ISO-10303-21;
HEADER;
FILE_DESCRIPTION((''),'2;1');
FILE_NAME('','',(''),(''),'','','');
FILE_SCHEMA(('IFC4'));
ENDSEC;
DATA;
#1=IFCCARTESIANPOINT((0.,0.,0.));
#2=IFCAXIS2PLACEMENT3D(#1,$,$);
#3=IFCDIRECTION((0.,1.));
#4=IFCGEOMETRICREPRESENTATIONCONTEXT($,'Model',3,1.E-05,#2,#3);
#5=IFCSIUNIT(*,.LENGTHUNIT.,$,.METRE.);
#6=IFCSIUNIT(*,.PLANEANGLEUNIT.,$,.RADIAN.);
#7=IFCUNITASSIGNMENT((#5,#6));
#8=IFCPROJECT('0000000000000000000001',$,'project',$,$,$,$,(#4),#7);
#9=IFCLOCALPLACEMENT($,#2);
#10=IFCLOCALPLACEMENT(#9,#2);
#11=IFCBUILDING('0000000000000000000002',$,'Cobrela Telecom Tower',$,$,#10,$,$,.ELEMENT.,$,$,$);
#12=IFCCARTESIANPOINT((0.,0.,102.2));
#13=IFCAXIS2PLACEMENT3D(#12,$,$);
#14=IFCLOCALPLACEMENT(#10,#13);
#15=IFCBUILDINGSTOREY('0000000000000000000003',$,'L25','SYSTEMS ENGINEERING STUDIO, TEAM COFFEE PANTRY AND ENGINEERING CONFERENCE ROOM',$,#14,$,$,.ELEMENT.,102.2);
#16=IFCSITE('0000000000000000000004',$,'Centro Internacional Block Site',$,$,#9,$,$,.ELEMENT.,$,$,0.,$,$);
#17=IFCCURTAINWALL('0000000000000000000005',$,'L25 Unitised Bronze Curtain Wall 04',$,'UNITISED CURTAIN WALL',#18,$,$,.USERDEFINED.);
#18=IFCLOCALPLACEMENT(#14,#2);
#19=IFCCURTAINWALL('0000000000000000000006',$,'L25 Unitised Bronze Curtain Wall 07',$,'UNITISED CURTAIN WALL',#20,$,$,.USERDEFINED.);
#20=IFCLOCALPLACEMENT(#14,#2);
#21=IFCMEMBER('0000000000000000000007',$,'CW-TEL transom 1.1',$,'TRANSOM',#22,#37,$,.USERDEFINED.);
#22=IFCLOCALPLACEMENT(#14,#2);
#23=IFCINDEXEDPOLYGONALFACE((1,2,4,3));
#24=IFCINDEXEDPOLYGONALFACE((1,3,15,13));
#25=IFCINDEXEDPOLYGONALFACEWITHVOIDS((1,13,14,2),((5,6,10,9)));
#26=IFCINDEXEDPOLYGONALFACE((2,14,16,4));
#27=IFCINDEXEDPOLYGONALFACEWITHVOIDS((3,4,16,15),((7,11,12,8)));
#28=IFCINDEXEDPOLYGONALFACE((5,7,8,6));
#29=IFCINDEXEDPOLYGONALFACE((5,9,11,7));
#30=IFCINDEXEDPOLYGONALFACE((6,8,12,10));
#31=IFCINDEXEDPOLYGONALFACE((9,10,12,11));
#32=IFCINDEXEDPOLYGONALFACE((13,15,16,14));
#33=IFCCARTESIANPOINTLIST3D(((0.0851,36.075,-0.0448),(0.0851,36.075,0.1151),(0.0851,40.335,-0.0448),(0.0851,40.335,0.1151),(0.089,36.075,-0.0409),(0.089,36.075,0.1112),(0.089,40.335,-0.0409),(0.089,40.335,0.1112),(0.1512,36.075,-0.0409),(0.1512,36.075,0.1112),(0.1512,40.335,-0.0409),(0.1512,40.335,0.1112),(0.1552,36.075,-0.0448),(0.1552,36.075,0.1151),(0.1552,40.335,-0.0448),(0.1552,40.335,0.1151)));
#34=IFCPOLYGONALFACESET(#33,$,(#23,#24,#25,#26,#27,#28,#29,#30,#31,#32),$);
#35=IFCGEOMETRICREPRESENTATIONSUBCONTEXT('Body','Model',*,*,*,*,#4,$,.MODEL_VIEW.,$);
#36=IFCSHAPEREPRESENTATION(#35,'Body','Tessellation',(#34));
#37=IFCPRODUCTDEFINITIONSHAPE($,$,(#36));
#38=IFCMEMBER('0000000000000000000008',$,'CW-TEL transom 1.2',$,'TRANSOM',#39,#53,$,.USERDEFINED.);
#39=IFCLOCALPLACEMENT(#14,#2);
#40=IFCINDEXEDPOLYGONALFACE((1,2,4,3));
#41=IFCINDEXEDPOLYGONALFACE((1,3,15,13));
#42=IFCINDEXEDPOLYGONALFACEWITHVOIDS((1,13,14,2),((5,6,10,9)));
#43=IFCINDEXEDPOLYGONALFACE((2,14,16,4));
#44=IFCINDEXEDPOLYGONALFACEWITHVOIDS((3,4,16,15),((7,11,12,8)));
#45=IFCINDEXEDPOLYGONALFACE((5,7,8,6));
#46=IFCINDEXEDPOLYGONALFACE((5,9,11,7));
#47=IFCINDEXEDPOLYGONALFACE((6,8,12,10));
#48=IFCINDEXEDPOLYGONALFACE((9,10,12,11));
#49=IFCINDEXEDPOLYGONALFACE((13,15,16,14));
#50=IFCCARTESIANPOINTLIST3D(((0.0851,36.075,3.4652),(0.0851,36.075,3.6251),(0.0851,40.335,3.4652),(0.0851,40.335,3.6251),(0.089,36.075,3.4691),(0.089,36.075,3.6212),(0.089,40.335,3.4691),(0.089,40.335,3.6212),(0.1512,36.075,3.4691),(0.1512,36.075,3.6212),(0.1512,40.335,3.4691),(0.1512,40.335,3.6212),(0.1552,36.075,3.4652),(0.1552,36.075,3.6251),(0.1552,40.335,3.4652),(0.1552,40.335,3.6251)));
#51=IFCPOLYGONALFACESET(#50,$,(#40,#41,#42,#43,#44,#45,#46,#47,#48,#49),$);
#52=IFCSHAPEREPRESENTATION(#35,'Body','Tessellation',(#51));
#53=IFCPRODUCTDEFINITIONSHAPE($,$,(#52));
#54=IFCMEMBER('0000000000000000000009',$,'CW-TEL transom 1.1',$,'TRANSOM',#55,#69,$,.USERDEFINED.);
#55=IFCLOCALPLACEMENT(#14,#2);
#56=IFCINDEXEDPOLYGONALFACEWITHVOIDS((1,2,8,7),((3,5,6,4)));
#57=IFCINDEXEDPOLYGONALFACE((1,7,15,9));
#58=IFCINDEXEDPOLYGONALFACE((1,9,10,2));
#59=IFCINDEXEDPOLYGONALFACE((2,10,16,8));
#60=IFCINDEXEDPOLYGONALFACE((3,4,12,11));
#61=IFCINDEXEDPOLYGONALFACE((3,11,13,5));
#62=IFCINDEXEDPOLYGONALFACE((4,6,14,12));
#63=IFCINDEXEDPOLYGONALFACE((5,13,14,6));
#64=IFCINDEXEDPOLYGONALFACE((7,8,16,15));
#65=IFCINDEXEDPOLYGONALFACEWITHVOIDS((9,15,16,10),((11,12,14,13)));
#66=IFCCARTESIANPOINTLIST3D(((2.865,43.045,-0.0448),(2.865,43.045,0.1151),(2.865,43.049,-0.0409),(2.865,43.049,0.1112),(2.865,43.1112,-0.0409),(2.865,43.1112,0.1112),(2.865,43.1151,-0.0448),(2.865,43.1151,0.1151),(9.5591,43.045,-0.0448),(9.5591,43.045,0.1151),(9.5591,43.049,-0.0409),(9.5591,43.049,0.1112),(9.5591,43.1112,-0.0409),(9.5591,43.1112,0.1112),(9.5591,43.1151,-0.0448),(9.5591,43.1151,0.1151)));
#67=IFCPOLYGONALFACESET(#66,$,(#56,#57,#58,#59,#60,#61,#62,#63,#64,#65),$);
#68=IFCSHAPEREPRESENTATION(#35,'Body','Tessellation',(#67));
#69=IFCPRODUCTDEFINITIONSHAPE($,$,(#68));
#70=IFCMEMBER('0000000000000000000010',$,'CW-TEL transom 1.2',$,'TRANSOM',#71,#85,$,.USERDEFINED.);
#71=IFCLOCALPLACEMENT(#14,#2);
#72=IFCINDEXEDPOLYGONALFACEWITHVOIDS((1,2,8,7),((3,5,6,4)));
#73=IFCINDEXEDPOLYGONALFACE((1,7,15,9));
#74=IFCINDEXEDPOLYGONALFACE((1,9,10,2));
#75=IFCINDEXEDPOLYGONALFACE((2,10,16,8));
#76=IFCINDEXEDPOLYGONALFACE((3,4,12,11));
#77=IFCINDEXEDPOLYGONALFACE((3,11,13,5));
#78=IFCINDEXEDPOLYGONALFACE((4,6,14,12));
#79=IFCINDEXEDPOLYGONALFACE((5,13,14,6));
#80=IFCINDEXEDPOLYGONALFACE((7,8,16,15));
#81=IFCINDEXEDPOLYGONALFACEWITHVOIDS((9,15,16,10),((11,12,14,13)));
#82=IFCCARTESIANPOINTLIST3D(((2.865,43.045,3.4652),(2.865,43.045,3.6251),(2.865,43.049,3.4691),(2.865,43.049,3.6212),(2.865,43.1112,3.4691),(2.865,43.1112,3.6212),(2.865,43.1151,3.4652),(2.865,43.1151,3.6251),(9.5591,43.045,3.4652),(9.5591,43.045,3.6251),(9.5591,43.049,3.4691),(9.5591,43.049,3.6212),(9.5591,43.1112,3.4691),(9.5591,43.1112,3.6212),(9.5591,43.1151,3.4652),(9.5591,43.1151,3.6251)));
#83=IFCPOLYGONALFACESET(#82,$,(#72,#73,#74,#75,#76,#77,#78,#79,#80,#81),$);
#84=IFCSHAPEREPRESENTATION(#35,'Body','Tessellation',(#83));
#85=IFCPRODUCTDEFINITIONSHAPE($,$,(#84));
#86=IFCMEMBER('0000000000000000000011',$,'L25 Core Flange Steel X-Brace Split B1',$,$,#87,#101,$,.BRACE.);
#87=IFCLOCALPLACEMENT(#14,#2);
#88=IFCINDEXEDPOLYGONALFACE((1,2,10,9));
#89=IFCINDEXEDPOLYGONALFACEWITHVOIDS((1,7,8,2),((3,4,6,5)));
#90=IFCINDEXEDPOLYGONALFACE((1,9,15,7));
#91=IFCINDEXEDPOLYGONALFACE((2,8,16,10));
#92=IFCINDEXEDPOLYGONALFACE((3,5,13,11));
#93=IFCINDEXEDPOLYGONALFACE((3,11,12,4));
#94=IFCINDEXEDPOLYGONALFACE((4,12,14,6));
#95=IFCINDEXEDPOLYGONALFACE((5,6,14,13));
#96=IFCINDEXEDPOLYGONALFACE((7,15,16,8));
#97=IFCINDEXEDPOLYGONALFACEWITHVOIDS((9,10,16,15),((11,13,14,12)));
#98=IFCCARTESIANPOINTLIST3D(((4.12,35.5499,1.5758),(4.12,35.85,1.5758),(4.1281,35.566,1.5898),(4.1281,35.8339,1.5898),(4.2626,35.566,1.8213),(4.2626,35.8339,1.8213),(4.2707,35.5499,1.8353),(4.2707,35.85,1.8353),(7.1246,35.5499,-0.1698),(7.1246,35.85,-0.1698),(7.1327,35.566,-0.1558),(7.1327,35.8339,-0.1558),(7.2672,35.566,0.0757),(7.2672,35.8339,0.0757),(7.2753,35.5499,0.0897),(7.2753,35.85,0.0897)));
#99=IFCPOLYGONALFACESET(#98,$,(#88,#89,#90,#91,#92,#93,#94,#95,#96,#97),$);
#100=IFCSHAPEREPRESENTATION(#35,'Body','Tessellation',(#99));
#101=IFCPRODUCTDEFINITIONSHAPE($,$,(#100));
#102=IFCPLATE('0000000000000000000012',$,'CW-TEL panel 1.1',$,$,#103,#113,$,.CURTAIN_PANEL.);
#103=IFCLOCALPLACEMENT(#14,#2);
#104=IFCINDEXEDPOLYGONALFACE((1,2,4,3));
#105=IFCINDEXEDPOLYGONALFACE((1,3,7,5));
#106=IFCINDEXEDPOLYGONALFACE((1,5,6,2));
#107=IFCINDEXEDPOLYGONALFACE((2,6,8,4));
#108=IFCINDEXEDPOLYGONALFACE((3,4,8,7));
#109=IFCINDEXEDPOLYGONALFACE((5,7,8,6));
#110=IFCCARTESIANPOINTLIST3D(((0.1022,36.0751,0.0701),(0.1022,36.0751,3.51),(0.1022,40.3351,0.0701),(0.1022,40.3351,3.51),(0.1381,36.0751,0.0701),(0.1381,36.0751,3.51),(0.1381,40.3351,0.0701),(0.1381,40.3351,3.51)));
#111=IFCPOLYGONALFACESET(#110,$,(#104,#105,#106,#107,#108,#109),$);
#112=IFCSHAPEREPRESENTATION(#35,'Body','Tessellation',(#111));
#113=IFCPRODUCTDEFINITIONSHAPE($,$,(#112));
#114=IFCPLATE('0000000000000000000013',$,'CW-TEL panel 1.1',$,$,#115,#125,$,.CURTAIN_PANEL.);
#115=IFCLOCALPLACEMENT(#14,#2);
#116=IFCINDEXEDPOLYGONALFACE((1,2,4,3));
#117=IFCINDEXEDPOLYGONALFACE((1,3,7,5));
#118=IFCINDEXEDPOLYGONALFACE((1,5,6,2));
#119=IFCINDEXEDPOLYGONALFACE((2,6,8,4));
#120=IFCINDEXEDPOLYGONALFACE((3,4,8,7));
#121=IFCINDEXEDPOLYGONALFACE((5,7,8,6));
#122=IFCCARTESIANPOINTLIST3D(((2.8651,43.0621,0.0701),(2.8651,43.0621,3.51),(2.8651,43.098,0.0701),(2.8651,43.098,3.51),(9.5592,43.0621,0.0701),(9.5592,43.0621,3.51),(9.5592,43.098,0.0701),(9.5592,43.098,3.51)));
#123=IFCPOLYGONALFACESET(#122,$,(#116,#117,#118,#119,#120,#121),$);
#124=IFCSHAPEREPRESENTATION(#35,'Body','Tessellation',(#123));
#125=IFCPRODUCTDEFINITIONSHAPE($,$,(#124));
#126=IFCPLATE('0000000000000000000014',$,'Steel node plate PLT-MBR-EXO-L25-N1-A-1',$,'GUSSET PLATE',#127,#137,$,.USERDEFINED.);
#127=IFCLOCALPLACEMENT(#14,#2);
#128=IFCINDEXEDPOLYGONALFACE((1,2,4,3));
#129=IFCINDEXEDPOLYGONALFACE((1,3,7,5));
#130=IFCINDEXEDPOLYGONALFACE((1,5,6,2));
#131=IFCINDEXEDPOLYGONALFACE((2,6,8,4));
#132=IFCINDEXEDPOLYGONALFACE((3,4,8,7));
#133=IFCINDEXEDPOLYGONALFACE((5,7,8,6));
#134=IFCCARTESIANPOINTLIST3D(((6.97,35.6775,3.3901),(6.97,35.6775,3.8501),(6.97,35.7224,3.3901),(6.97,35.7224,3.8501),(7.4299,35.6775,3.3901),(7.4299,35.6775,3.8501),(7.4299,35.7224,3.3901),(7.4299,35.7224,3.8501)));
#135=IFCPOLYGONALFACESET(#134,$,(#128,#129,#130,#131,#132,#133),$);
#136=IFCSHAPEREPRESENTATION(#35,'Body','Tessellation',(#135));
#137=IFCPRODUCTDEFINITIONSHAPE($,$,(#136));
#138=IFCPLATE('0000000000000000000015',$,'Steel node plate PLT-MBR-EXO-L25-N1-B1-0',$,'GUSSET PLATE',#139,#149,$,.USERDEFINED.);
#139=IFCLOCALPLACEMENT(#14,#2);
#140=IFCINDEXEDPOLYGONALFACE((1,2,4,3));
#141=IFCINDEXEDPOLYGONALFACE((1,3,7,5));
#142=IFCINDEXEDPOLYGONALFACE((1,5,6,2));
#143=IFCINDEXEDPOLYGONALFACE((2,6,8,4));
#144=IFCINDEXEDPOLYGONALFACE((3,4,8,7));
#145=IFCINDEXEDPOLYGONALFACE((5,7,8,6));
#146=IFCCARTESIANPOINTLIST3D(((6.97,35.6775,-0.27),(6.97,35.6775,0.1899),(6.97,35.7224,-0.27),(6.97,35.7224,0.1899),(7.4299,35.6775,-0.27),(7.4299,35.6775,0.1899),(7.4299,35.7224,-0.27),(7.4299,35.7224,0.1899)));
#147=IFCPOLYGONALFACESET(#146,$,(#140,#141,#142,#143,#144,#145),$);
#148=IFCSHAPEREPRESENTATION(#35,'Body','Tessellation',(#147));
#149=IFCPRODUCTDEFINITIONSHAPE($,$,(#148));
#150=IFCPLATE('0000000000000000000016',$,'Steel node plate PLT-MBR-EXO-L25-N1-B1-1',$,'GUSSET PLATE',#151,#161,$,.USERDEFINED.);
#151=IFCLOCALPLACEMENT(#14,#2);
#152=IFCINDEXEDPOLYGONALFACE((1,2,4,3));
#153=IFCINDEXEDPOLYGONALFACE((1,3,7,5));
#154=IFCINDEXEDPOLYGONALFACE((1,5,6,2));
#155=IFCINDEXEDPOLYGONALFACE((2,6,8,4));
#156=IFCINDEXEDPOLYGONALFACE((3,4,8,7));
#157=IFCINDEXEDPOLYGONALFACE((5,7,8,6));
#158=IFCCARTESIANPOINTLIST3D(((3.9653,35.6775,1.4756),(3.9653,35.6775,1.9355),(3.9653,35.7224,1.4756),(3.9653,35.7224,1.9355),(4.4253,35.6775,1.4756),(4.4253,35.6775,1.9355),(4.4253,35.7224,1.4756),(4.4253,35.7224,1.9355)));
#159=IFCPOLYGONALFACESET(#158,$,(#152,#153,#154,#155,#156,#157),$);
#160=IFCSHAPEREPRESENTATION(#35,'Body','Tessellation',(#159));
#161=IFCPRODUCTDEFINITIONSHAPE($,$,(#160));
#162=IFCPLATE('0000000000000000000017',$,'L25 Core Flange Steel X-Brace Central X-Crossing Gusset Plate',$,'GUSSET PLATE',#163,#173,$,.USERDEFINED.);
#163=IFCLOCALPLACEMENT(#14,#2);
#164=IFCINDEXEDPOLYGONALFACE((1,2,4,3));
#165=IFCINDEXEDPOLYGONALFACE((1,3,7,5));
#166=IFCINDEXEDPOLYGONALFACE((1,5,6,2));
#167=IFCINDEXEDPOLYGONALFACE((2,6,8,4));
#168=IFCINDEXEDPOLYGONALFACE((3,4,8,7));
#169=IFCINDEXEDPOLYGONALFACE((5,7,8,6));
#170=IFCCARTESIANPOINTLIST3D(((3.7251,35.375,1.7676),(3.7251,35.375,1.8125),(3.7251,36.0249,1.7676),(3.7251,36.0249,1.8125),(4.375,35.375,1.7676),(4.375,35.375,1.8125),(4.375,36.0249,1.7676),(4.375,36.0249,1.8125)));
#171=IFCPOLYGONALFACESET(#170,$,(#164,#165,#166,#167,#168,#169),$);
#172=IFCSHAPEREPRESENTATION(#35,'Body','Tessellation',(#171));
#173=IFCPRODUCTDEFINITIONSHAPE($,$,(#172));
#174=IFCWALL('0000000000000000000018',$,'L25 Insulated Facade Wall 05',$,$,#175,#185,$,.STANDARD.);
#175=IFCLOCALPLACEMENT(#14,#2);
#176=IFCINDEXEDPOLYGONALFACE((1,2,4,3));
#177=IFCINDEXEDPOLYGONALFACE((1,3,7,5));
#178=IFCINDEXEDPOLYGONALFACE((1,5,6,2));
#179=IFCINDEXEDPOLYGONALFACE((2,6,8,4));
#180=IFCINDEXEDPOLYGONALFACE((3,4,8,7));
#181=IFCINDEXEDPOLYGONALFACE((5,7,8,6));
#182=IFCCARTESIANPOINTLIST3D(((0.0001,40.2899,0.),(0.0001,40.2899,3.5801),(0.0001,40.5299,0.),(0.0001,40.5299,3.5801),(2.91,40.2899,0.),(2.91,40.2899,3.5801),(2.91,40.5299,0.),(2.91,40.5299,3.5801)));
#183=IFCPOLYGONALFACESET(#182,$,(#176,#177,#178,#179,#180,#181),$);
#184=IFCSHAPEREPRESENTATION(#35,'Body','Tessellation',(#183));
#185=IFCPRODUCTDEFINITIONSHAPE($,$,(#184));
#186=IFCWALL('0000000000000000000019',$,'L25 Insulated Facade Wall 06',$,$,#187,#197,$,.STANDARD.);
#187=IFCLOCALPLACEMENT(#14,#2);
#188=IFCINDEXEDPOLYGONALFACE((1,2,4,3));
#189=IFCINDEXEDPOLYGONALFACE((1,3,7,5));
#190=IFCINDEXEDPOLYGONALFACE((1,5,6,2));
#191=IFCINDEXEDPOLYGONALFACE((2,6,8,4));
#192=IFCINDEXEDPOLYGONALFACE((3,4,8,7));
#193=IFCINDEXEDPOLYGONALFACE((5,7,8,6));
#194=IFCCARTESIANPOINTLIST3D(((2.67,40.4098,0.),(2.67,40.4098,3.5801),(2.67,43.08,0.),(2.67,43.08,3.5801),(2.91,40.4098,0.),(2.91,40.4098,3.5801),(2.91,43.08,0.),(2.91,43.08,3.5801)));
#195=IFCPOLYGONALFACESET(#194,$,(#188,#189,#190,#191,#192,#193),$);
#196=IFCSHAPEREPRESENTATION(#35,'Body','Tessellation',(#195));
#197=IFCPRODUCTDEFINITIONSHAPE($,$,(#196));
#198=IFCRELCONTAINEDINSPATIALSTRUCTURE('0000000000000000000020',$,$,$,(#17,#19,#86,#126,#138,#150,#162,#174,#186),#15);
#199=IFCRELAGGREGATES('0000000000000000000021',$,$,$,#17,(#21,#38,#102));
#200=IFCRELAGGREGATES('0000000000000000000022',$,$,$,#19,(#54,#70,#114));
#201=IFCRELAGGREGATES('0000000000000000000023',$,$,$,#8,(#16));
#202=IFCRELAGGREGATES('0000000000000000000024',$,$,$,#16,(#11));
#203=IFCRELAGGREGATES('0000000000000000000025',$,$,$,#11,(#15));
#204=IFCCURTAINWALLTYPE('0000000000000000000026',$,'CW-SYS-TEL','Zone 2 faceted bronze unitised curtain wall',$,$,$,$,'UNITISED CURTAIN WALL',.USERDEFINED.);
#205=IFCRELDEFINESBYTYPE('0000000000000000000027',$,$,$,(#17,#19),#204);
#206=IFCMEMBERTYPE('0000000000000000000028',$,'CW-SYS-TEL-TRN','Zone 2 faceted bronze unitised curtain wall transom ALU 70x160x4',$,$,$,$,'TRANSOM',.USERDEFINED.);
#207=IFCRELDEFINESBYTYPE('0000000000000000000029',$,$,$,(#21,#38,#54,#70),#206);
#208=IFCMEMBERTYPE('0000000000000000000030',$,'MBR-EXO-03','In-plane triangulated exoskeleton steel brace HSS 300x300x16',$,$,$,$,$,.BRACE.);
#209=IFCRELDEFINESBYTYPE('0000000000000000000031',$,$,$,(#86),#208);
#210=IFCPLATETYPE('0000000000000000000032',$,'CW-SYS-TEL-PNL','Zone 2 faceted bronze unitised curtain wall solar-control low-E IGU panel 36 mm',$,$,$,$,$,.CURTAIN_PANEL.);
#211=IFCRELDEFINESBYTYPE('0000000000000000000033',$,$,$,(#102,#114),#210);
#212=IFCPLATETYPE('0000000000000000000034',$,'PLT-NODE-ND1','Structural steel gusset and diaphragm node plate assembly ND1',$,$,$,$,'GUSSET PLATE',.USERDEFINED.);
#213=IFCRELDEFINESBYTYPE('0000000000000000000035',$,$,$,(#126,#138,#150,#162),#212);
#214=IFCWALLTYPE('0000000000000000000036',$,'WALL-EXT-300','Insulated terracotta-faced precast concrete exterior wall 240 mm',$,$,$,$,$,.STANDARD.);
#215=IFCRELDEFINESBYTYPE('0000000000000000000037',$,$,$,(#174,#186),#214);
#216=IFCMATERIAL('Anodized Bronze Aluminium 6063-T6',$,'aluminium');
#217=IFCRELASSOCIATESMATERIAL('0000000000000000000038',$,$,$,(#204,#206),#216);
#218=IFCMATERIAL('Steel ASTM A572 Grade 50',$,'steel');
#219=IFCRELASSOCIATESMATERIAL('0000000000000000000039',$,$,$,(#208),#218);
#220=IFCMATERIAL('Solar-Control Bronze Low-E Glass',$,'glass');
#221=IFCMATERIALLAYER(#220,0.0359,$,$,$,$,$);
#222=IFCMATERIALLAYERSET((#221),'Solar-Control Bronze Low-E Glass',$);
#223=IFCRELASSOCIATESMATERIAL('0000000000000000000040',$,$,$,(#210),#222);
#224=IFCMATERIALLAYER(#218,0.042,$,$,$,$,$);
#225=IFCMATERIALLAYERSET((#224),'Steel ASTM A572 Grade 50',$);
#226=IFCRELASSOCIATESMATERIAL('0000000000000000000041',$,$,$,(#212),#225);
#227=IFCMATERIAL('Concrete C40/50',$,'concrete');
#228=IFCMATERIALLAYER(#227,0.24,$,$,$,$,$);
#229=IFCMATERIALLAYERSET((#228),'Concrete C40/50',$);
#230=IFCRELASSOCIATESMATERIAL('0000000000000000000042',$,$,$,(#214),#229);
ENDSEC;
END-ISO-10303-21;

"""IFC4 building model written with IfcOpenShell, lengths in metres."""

from ifc_helpers import new_model, si_unit, direction, frame, frame_2d, origin, origin_2d, place, context, subcontext, project, spatial, rectangle, hollow_rectangle, extrude, material, layer, layer_set, material_profile, profile_set, type_object, element, aggregate, save


model = new_model("IFC4")

# Units and contexts
model_context = context("Model", 3, precision=1e-05, world=origin(), true_north=direction((0.0, 1.0)))
body_context = subcontext(model_context, "Body", "Model", "MODEL_VIEW")
ifc_project = project(units=[si_unit("LENGTHUNIT", "METRE"), si_unit("PLANEANGLEUNIT", "RADIAN")], contexts=[model_context])

# Site, building, storey
site_placement = place(None, origin())
site = spatial("IfcSite", under=ifc_project, at=site_placement, Name="Centro Internacional Block Site", CompositionType="ELEMENT", RefElevation=0.0)
building_placement = place(site_placement, origin())
building = spatial("IfcBuilding", under=site, at=building_placement, Name="Cobrela Telecom Tower", CompositionType="ELEMENT")
storey_placement = place(building_placement, frame((0.0, 0.0, 102.2)))
storey = spatial("IfcBuildingStorey", under=building, at=storey_placement, Name="L25", Description="SYSTEMS ENGINEERING STUDIO, TEAM COFFEE PANTRY AND ENGINEERING CONFERENCE ROOM", CompositionType="ELEMENT", Elevation=102.2)

# Shared definitions
ifc_material_1 = material(Name="Steel ASTM A572 Grade 50", Category="steel")

# Curtain walls
ifc_material_2 = material(Name="Anodized Bronze Aluminium 6063-T6", Category="aluminium")
curtain_wall_type = type_object("IfcCurtainWallType", Name="CW-SYS-TEL", Description="Zone 2 faceted bronze unitised curtain wall", ElementType="UNITISED CURTAIN WALL", PredefinedType="USERDEFINED", material=ifc_material_2)
curtain_wall_1_placement = place(storey_placement, origin())
curtain_wall_1 = element("IfcCurtainWall", 1, at=curtain_wall_1_placement, inside=storey, type_object=curtain_wall_type, Name="L25 Unitised Bronze Curtain Wall 04", ObjectType="UNITISED CURTAIN WALL", PredefinedType="USERDEFINED")
curtain_wall_2_placement = place(storey_placement, origin())
curtain_wall_2 = element("IfcCurtainWall", 2, at=curtain_wall_2_placement, inside=storey, type_object=curtain_wall_type, Name="L25 Unitised Bronze Curtain Wall 07", ObjectType="UNITISED CURTAIN WALL", PredefinedType="USERDEFINED")

# Members
ifc_material_profile_1 = material_profile(ifc_material_2, hollow_rectangle(XDim=0.0701, YDim=0.1599, WallThickness=0.0039, at=origin_2d()), Name="ALU 70x160x4")
ifc_profile_set_1 = profile_set([ifc_material_profile_1], Name="Anodized Bronze Aluminium 6063-T6")
member_type_1 = type_object("IfcMemberType", Name="CW-SYS-TEL-TRN", Description="Zone 2 faceted bronze unitised curtain wall transom ALU 70x160x4", ElementType="TRANSOM", PredefinedType="USERDEFINED", material=ifc_profile_set_1)
member_1_placement = place(storey_placement, frame((0.1201, 36.075, 0.0352), z_axis=(0.0, 1.0, 0.0), x_axis=(-1.0, 0.0, 0.0)))
member_1 = element("IfcMember", 3, at=member_1_placement, type_object=member_type_1, Name="CW-TEL transom 1.1", ObjectType="TRANSOM", PredefinedType="USERDEFINED", context=body_context, shape_type="SweptSolid", body=[
    extrude(hollow_rectangle(XDim=0.0701, YDim=0.1599, WallThickness=0.0039, at=origin_2d()), origin(), (0.0, 0.0, 1.0), 4.26),
])
member_2_placement = place(storey_placement, frame((0.1201, 36.075, 3.5452), z_axis=(0.0, 1.0, 0.0), x_axis=(-1.0, 0.0, 0.0)))
member_2 = element("IfcMember", 4, at=member_2_placement, type_object=member_type_1, Name="CW-TEL transom 1.2", ObjectType="TRANSOM", PredefinedType="USERDEFINED", context=body_context, shape_type="SweptSolid", body=[
    extrude(hollow_rectangle(XDim=0.0701, YDim=0.1599, WallThickness=0.0039, at=origin_2d()), origin(), (0.0, 0.0, 1.0), 4.26),
])
member_3_placement = place(storey_placement, frame((2.865, 43.0801, 0.0352), z_axis=(1.0, 0.0, 0.0), x_axis=(0.0, 1.0, 0.0)))
member_3 = element("IfcMember", 5, at=member_3_placement, type_object=member_type_1, Name="CW-TEL transom 1.1", ObjectType="TRANSOM", PredefinedType="USERDEFINED", context=body_context, shape_type="SweptSolid", body=[
    extrude(hollow_rectangle(XDim=0.0701, YDim=0.1599, WallThickness=0.0039, at=origin_2d()), origin(), (0.0, 0.0, 1.0), 6.6941),
])
member_4_placement = place(storey_placement, frame((2.865, 43.0801, 3.5452), z_axis=(1.0, 0.0, 0.0), x_axis=(0.0, 1.0, 0.0)))
member_4 = element("IfcMember", 6, at=member_4_placement, type_object=member_type_1, Name="CW-TEL transom 1.2", ObjectType="TRANSOM", PredefinedType="USERDEFINED", context=body_context, shape_type="SweptSolid", body=[
    extrude(hollow_rectangle(XDim=0.0701, YDim=0.1599, WallThickness=0.0039, at=origin_2d()), origin(), (0.0, 0.0, 1.0), 6.6941),
])
ifc_material_profile_2 = material_profile(ifc_material_1, hollow_rectangle(XDim=0.3, YDim=0.3, WallThickness=0.0161, at=origin_2d()), Name="HSS 300x300x16")
ifc_profile_set_2 = profile_set([ifc_material_profile_2], Name="Steel ASTM A572 Grade 50")
member_type_2 = type_object("IfcMemberType", Name="MBR-EXO-03", Description="In-plane triangulated exoskeleton steel brace HSS 300x300x16", PredefinedType="BRACE", material=ifc_profile_set_2)
member_5_placement = place(storey_placement, frame((7.2, 35.7, -0.04), z_axis=(-0.864667, 0.0, 0.502346), x_axis=(0.0, -1.0, 0.0)))
element("IfcMember", 7, at=member_5_placement, inside=storey, type_object=member_type_2, Name="L25 Core Flange Steel X-Brace Split B1", PredefinedType="BRACE", context=body_context, shape_type="SweptSolid", body=[
    extrude(hollow_rectangle(XDim=0.3, YDim=0.3, WallThickness=0.0161, at=origin_2d()), origin(), (0.0, 0.0, 1.0), 3.4749),
])

# Plates
ifc_material_3 = material(Name="Solar-Control Bronze Low-E Glass", Category="glass")
ifc_layer_1 = layer(ifc_material_3, 0.0359)
ifc_layer_set_1 = layer_set([ifc_layer_1], Name="Solar-Control Bronze Low-E Glass")
plate_type_1 = type_object("IfcPlateType", Name="CW-SYS-TEL-PNL", Description="Zone 2 faceted bronze unitised curtain wall solar-control low-E IGU panel 36 mm", PredefinedType="CURTAIN_PANEL", material=ifc_layer_set_1)
plate_1_placement = place(storey_placement, frame((0.1201, 38.2051, 0.0701), z_axis=(0.0, 0.0, 1.0), x_axis=(0.0, 1.0, 0.0)))
plate_1 = element("IfcPlate", 8, at=plate_1_placement, type_object=plate_type_1, Name="CW-TEL panel 1.1", PredefinedType="CURTAIN_PANEL", context=body_context, shape_type="SweptSolid", body=[
    extrude(rectangle(XDim=4.26, YDim=0.0359, at=origin_2d()), origin(), (0.0, 0.0, 1.0), 3.4399),
])
aggregate(curtain_wall_1, [member_1, member_2, plate_1])
plate_2_placement = place(storey_placement, frame((6.2122, 43.0801, 0.0701), z_axis=(0.0, 0.0, 1.0), x_axis=(1.0, 0.0, 0.0)))
plate_2 = element("IfcPlate", 9, at=plate_2_placement, type_object=plate_type_1, Name="CW-TEL panel 1.1", PredefinedType="CURTAIN_PANEL", context=body_context, shape_type="SweptSolid", body=[
    extrude(rectangle(XDim=6.6941, YDim=0.0359, at=origin_2d()), origin(), (0.0, 0.0, 1.0), 3.4399),
])
aggregate(curtain_wall_2, [member_3, member_4, plate_2])

# Plates
ifc_layer_2 = layer(ifc_material_1, 0.042)
ifc_layer_set_2 = layer_set([ifc_layer_2], Name="Steel ASTM A572 Grade 50")
plate_type_2 = type_object("IfcPlateType", Name="PLT-NODE-ND1", Description="Structural steel gusset and diaphragm node plate assembly ND1", ElementType="GUSSET PLATE", PredefinedType="USERDEFINED", material=ifc_layer_set_2)
for number, where, z_axis, x_axis, name in (
    (10, (7.2, 35.7, 3.3901), (0.0, 0.0, 1.0), (1.0, 0.0, 0.0), "Steel node plate PLT-MBR-EXO-L25-N1-A-1"),
    (11, (7.2, 35.7, -0.27), (0.0, 0.0, 1.0), (-1.0, 0.0, 0.0), "Steel node plate PLT-MBR-EXO-L25-N1-B1-0"),
    (12, (4.1953, 35.7, 1.4756), (0.0, 0.0, 1.0), (-1.0, 0.0, 0.0), "Steel node plate PLT-MBR-EXO-L25-N1-B1-1"),
):
    element("IfcPlate", number, at=place(storey_placement, frame(where, z_axis=z_axis, x_axis=x_axis)), inside=storey, type_object=plate_type_2, Name=name, ObjectType="GUSSET PLATE", PredefinedType="USERDEFINED", context=body_context, shape_type="SweptSolid", body=[
        extrude(rectangle(XDim=0.46, YDim=0.0449, at=origin_2d()), origin(), (0.0, 0.0, 1.0), 0.46),
    ])
plate_3_placement = place(storey_placement, frame((4.05, 35.7, 1.7676), z_axis=(0.0, 0.0, 1.0), x_axis=(1.0, 0.0, 0.0)))
element("IfcPlate", 13, at=plate_3_placement, inside=storey, type_object=plate_type_2, Name="L25 Core Flange Steel X-Brace Central X-Crossing Gusset Plate", ObjectType="GUSSET PLATE", PredefinedType="USERDEFINED", context=body_context, shape_type="SweptSolid", body=[
    extrude(rectangle(XDim=0.6499, YDim=0.6499, at=origin_2d()), origin(), (0.0, 0.0, 1.0), 0.0449),
])

# Walls
ifc_material_4 = material(Name="Concrete C40/50", Category="concrete")
ifc_layer_3 = layer(ifc_material_4, 0.24)
ifc_layer_set_3 = layer_set([ifc_layer_3], Name="Concrete C40/50")
wall_type = type_object("IfcWallType", Name="WALL-EXT-300", Description="Insulated terracotta-faced precast concrete exterior wall 240 mm", PredefinedType="STANDARD", material=ifc_layer_set_3)
wall_1_placement = place(storey_placement, frame((0.0, 40.4099, 0.0), z_axis=(0.0, 0.0, 1.0), x_axis=(1.0, 0.0, 0.0)))
element("IfcWall", 14, at=wall_1_placement, inside=storey, type_object=wall_type, Name="L25 Insulated Facade Wall 05", PredefinedType="STANDARD", context=body_context, shape_type="SweptSolid", body=[
    extrude(rectangle(XDim=2.9099, YDim=0.24, at=frame_2d((1.4551, 0.0))), origin(), (0.0, 0.0, 1.0), 3.5801),
])
wall_2_placement = place(storey_placement, frame((2.79, 40.4099, 0.0), z_axis=(0.0, 0.0, 1.0), x_axis=(0.0, 1.0, 0.0)))
element("IfcWall", 15, at=wall_2_placement, inside=storey, type_object=wall_type, Name="L25 Insulated Facade Wall 06", PredefinedType="STANDARD", context=body_context, shape_type="SweptSolid", body=[
    extrude(rectangle(XDim=2.6702, YDim=0.24, at=frame_2d((1.335, 0.0))), origin(), (0.0, 0.0, 1.0), 3.5801),
])

save(model, "model.ifc")
